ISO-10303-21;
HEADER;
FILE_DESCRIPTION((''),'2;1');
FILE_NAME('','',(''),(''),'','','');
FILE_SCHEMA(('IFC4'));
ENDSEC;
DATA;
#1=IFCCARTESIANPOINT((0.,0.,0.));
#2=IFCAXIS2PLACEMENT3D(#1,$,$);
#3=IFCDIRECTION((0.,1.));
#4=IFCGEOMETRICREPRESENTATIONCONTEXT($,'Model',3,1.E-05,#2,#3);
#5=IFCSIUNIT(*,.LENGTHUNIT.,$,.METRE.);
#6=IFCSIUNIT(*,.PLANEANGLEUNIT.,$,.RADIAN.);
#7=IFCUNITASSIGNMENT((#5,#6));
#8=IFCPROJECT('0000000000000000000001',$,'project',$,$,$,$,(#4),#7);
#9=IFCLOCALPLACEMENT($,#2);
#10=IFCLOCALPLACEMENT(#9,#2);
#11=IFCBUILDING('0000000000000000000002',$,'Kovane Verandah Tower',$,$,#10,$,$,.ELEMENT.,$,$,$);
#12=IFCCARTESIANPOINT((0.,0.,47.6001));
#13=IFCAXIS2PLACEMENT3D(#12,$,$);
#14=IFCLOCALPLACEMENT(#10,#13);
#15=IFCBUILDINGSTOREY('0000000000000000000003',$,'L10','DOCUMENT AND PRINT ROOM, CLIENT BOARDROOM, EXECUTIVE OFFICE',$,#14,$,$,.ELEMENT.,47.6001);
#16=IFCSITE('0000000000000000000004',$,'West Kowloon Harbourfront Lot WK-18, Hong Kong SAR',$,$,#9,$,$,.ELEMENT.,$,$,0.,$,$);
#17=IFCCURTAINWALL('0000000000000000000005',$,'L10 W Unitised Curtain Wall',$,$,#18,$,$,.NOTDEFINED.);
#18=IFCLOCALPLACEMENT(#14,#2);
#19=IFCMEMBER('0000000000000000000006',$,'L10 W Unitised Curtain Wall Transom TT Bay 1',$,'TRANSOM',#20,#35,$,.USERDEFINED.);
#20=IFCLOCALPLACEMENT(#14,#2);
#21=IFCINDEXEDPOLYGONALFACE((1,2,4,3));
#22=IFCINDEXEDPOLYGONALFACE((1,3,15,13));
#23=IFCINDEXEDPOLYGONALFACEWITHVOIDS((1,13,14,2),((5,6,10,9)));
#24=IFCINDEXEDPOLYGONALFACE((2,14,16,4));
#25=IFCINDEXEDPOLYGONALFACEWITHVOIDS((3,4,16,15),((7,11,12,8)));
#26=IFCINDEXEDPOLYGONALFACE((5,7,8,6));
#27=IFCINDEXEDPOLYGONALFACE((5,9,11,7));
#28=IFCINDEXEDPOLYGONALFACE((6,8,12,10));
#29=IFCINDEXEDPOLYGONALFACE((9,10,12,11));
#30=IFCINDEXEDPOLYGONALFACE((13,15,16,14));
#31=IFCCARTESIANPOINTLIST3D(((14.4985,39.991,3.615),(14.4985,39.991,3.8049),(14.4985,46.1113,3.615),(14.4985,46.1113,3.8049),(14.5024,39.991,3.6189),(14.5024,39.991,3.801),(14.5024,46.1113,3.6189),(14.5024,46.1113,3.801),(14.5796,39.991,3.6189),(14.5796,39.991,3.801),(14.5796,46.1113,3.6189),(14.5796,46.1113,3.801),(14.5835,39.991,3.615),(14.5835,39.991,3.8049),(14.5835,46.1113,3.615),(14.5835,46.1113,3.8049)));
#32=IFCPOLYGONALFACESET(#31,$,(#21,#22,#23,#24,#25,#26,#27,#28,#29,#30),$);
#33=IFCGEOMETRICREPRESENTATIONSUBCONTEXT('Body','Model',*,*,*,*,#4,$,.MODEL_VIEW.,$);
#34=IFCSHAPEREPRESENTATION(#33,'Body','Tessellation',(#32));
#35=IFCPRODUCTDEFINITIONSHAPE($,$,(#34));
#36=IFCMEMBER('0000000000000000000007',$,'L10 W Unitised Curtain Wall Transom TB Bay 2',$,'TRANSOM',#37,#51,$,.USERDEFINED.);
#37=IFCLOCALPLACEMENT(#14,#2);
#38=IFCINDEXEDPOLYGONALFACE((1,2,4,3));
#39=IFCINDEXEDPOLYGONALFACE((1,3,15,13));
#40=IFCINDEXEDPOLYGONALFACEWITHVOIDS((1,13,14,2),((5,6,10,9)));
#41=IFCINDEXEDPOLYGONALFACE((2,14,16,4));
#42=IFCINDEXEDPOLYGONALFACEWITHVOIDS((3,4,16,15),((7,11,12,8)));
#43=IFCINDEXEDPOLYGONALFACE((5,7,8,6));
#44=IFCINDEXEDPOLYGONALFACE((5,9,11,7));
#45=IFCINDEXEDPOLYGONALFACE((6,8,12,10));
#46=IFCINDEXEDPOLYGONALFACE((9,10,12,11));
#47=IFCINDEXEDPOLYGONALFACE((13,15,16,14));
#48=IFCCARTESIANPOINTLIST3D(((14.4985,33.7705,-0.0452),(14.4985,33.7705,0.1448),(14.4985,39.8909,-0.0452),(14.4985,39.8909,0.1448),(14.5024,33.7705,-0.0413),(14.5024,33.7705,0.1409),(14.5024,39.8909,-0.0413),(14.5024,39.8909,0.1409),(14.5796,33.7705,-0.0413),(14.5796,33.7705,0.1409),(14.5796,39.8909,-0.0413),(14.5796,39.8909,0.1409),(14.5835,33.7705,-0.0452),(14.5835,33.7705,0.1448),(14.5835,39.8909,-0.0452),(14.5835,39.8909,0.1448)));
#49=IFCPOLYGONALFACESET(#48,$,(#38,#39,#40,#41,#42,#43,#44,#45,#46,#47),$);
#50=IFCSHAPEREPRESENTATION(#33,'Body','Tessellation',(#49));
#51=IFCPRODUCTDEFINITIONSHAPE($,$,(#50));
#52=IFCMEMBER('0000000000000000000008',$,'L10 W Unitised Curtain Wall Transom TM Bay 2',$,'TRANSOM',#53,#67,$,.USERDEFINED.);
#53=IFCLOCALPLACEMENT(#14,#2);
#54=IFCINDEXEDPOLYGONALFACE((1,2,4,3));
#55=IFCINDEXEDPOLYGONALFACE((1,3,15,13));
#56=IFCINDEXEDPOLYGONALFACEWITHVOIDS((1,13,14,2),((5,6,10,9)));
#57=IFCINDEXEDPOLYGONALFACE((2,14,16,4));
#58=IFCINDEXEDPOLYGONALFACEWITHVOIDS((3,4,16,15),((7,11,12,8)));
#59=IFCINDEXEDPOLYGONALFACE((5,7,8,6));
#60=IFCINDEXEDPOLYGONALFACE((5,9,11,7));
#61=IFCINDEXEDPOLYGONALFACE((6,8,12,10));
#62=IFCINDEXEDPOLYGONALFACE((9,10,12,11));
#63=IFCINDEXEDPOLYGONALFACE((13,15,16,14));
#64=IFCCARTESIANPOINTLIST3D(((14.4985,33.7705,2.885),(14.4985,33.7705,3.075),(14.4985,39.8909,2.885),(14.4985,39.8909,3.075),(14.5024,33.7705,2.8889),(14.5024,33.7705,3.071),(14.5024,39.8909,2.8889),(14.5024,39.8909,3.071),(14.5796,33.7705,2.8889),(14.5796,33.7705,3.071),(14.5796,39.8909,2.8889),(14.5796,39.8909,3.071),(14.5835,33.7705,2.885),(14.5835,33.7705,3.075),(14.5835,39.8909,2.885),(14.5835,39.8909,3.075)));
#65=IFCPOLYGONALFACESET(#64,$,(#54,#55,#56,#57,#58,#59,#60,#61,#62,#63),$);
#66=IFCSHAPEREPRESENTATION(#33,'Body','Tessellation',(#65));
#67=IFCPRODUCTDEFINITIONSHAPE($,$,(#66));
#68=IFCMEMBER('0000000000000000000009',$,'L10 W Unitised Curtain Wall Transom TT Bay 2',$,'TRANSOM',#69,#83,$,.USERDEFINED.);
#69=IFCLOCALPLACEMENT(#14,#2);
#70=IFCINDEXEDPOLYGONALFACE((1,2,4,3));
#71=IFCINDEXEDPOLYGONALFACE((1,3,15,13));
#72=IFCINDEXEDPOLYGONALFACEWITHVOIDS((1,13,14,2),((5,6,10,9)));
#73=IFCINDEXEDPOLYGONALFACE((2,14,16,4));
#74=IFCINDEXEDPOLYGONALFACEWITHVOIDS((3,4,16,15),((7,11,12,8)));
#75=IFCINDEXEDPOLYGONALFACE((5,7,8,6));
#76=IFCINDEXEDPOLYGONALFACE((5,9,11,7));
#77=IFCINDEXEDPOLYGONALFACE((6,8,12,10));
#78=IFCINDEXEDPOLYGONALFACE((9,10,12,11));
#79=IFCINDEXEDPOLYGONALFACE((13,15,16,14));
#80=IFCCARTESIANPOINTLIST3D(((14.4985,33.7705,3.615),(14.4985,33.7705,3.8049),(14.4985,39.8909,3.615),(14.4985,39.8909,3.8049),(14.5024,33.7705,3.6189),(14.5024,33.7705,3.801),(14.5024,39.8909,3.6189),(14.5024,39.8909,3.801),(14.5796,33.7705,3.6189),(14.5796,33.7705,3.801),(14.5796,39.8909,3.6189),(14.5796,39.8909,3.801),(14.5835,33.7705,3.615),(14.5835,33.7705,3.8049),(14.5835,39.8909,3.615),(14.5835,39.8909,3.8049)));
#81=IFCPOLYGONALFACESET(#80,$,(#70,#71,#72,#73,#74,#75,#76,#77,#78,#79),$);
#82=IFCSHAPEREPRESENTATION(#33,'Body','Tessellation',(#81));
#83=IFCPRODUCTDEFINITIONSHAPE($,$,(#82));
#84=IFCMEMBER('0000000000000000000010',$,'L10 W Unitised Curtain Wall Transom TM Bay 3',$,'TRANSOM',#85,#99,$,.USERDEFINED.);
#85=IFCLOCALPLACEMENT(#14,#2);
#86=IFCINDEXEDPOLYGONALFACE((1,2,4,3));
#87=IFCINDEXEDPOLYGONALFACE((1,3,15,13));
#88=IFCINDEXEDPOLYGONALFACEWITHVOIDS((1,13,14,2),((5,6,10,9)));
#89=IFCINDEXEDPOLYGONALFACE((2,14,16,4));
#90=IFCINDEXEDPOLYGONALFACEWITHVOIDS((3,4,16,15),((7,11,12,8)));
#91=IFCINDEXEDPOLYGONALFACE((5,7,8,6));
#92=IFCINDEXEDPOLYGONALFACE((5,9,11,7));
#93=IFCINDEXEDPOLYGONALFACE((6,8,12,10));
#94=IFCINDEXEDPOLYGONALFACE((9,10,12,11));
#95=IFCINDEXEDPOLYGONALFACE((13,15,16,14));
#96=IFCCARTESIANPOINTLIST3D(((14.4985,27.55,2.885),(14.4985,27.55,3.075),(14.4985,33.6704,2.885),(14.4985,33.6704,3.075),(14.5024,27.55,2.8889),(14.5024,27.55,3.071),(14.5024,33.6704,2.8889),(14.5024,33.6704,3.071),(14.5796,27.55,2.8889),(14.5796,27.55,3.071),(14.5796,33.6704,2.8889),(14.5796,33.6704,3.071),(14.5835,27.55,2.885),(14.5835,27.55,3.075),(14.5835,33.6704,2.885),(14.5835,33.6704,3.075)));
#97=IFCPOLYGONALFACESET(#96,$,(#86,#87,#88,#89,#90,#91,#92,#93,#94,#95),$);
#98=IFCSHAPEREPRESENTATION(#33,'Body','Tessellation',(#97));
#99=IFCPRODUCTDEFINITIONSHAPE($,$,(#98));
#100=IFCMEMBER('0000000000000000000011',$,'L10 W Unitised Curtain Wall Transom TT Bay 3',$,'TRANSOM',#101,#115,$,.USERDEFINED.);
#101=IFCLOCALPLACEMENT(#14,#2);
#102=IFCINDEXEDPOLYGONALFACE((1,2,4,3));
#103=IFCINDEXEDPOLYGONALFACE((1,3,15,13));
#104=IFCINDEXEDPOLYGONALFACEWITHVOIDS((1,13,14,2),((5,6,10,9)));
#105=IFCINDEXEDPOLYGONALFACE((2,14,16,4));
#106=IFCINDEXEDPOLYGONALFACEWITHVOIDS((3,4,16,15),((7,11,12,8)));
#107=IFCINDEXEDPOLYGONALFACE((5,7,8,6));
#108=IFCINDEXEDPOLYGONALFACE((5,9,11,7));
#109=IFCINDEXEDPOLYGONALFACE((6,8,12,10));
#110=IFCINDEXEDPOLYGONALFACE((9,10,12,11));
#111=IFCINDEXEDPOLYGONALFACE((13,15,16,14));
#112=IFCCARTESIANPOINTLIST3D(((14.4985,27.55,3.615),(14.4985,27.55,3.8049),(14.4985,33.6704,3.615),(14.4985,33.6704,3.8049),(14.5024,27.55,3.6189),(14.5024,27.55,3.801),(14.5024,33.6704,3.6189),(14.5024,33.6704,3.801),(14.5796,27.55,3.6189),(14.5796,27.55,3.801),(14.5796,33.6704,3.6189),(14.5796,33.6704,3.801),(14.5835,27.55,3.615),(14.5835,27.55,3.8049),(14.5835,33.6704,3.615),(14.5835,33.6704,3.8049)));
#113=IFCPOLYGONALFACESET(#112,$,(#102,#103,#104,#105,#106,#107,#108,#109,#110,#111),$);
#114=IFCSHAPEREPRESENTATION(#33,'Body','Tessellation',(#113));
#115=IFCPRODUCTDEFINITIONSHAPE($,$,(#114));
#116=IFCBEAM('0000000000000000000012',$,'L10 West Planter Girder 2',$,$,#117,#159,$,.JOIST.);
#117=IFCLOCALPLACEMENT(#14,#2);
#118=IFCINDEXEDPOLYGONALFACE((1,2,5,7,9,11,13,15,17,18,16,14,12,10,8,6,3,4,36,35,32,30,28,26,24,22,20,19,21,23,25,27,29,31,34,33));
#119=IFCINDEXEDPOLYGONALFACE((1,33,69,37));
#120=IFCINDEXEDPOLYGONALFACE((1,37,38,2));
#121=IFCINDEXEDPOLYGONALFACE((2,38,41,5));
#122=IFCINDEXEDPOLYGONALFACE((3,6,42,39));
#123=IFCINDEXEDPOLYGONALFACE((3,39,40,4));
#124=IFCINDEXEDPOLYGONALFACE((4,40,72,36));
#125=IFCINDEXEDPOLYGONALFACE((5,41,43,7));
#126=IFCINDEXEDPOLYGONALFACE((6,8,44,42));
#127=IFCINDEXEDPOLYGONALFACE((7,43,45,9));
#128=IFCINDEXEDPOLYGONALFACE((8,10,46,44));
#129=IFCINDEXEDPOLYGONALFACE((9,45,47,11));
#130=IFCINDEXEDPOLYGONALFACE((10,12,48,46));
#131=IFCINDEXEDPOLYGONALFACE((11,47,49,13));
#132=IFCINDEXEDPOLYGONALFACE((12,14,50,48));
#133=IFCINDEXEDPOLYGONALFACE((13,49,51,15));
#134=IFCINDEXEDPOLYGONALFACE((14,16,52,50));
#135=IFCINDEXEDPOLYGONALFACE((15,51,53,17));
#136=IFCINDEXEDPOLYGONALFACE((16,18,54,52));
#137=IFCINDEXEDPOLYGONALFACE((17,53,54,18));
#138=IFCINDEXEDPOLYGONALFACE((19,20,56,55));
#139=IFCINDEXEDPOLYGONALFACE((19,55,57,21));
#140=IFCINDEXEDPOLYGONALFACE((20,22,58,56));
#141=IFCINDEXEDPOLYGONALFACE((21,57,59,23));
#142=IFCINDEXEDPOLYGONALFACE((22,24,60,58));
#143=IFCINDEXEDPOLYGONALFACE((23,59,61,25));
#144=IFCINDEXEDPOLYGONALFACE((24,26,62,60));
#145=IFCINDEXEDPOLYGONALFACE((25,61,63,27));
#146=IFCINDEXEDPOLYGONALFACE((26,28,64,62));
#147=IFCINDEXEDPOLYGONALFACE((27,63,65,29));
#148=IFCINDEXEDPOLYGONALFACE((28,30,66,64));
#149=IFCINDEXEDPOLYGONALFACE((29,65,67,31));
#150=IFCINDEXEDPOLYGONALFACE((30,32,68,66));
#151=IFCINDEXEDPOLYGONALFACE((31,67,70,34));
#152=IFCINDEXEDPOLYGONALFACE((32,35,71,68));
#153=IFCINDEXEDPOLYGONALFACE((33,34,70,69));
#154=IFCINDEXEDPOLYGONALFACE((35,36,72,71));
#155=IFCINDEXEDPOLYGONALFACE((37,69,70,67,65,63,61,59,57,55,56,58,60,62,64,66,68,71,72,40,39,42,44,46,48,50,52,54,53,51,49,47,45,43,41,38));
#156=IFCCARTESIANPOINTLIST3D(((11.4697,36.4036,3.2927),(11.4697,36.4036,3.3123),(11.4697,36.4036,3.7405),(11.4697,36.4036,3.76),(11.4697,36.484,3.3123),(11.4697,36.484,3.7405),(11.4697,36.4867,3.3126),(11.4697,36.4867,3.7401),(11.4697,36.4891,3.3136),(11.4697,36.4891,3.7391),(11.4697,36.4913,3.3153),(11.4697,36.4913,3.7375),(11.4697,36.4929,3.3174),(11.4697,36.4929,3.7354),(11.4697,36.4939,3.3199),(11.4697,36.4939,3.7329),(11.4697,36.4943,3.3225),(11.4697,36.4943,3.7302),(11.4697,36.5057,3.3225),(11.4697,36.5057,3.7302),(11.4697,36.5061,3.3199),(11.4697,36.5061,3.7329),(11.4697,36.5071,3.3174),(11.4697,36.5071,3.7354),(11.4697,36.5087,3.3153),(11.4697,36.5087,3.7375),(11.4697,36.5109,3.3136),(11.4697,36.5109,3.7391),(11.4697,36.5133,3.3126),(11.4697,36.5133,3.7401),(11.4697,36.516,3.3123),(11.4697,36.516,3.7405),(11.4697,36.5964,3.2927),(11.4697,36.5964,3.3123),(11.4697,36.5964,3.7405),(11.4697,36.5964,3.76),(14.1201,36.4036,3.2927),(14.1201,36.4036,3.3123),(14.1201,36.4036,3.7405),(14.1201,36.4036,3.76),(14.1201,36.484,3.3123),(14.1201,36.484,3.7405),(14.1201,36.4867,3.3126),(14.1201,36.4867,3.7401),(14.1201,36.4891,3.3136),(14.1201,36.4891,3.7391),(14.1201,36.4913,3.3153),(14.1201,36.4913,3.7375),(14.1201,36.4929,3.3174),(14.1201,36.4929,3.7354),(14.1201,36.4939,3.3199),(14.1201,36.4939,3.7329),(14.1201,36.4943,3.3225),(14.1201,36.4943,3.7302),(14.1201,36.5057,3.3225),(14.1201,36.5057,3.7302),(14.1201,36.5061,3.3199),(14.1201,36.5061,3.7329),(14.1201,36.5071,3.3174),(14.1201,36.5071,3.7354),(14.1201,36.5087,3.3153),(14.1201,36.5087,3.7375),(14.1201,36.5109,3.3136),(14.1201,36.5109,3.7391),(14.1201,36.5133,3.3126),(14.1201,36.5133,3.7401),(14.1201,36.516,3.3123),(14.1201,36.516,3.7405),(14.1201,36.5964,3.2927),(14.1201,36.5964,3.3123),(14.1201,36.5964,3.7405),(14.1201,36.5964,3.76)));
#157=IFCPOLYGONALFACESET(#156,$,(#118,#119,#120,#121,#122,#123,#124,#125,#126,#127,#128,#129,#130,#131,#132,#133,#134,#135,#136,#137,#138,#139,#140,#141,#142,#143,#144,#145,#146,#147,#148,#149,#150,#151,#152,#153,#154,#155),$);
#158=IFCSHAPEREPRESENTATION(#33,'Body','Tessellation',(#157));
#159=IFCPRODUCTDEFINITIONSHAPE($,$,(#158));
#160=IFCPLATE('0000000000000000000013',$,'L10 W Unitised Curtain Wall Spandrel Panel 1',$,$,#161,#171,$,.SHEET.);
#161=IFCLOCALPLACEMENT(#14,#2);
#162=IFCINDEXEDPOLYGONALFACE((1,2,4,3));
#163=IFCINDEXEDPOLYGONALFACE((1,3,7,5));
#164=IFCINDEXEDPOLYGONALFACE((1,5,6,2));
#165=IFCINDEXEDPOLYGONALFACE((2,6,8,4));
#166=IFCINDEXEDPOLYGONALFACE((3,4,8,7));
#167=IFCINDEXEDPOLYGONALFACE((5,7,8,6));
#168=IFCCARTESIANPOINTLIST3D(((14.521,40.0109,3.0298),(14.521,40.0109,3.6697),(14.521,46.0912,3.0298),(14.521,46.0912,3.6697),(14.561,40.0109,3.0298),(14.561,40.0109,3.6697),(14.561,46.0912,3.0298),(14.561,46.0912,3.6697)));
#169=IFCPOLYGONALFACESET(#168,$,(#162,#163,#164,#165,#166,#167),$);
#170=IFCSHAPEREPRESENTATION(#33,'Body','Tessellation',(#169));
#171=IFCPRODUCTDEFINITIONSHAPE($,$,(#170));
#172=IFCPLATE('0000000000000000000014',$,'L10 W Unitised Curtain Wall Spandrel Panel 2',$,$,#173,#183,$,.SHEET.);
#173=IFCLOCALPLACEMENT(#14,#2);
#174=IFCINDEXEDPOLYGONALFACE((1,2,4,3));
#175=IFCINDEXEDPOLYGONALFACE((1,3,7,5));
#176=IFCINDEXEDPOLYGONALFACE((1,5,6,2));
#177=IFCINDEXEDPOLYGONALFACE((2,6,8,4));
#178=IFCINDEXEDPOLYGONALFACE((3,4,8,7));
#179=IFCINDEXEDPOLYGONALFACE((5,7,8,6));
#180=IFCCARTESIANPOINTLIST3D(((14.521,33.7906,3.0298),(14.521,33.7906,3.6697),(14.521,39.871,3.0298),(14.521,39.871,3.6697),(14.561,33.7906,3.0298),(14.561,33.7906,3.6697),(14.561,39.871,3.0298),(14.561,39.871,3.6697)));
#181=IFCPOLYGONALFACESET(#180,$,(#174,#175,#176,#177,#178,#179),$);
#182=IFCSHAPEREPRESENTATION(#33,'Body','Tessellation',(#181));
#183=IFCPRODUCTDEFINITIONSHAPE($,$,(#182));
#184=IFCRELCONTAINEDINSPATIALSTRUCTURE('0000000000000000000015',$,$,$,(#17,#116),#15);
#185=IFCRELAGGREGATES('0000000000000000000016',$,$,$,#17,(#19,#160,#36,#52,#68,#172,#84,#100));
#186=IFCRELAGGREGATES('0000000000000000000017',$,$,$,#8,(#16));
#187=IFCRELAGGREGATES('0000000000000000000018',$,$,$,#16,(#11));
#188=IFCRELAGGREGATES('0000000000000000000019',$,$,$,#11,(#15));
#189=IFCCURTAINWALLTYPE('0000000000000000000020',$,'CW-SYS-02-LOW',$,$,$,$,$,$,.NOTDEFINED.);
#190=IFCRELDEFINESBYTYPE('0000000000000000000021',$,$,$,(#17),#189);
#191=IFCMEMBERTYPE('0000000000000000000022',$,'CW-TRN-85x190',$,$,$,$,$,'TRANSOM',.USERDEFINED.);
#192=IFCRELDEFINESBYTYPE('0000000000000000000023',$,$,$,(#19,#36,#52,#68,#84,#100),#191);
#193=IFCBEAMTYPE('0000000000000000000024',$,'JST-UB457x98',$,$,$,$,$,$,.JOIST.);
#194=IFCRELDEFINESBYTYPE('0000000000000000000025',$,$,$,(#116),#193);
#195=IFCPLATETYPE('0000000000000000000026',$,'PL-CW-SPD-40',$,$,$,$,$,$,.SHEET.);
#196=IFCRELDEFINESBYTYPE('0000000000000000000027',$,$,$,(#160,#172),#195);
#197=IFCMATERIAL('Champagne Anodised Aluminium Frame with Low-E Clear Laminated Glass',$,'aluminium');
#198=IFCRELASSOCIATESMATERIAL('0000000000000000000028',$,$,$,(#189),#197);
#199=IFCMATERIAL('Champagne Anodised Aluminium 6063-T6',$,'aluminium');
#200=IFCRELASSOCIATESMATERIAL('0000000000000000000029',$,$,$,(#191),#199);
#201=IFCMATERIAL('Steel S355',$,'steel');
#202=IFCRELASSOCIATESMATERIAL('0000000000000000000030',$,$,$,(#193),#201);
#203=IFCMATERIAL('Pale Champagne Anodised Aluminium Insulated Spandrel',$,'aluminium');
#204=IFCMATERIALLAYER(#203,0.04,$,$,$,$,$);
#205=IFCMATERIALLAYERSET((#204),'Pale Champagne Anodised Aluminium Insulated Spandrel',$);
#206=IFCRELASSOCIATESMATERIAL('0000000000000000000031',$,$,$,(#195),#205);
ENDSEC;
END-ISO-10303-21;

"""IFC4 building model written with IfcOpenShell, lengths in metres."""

from ifc_helpers import new_model, si_unit, direction, frame, origin, origin_2d, place, context, subcontext, project, spatial, rectangle, hollow_rectangle, i_section, extrude, material, layer, layer_set, material_profile, profile_set, type_object, element, aggregate, save


model = new_model("IFC4")

# Units and contexts
model_context = context("Model", 3, precision=1e-05, world=origin(), true_north=direction((0.0, 1.0)))
body_context = subcontext(model_context, "Body", "Model", "MODEL_VIEW")
ifc_project = project(units=[si_unit("LENGTHUNIT", "METRE"), si_unit("PLANEANGLEUNIT", "RADIAN")], contexts=[model_context])

# Site, building, storey
site_placement = place(None, origin())
site = spatial("IfcSite", under=ifc_project, at=site_placement, Name="West Kowloon Harbourfront Lot WK-18, Hong Kong SAR", CompositionType="ELEMENT", RefElevation=0.0)
building_placement = place(site_placement, origin())
building = spatial("IfcBuilding", under=site, at=building_placement, Name="Kovane Verandah Tower", CompositionType="ELEMENT")
storey_placement = place(building_placement, frame((0.0, 0.0, 47.6001)))
storey = spatial("IfcBuildingStorey", under=building, at=storey_placement, Name="L10", Description="DOCUMENT AND PRINT ROOM, CLIENT BOARDROOM, EXECUTIVE OFFICE", CompositionType="ELEMENT", Elevation=47.6001)

# Shared definitions
ifc_material_1 = material(Name="Steel S355", Category="steel")

# Curtain wall, members
ifc_material_2 = material(Name="Champagne Anodised Aluminium Frame with Low-E Clear Laminated Glass", Category="aluminium")
curtain_wall_type = type_object("IfcCurtainWallType", Name="CW-SYS-02-LOW", PredefinedType="NOTDEFINED", material=ifc_material_2)
curtain_wall_placement = place(storey_placement, origin())
curtain_wall = element("IfcCurtainWall", 1, at=curtain_wall_placement, inside=storey, type_object=curtain_wall_type, Name="L10 W Unitised Curtain Wall", PredefinedType="NOTDEFINED")
ifc_material_3 = material(Name="Champagne Anodised Aluminium 6063-T6", Category="aluminium")
ifc_material_profile_1 = material_profile(ifc_material_3, hollow_rectangle(XDim=0.085, YDim=0.1899, WallThickness=0.0039, at=origin_2d()), Name="AL85x190x4")
ifc_profile_set_1 = profile_set([ifc_material_profile_1], Name="Champagne Anodised Aluminium 6063-T6")
member_type_1 = type_object("IfcMemberType", Name="CW-TRN-85x190", ElementType="TRANSOM", PredefinedType="USERDEFINED", material=ifc_profile_set_1)
member_1_placement = place(storey_placement, frame((14.541, 46.1113, 3.71), z_axis=(0.0, -1.0, 0.0), x_axis=(1.0, 0.0, 0.0)))
member_1 = element("IfcMember", 2, at=member_1_placement, type_object=member_type_1, Name="L10 W Unitised Curtain Wall Transom TT Bay 1", ObjectType="TRANSOM", PredefinedType="USERDEFINED", context=body_context, shape_type="SweptSolid", body=[
    extrude(hollow_rectangle(XDim=0.085, YDim=0.1899, WallThickness=0.0039, at=origin_2d()), origin(), (0.0, 0.0, 1.0), 6.1204),
])
member_2_placement = place(storey_placement, frame((14.541, 39.8909, 0.0498), z_axis=(0.0, -1.0, 0.0), x_axis=(1.0, 0.0, 0.0)))
member_2 = element("IfcMember", 3, at=member_2_placement, type_object=member_type_1, Name="L10 W Unitised Curtain Wall Transom TB Bay 2", ObjectType="TRANSOM", PredefinedType="USERDEFINED", context=body_context, shape_type="SweptSolid", body=[
    extrude(hollow_rectangle(XDim=0.085, YDim=0.1899, WallThickness=0.0039, at=origin_2d()), origin(), (0.0, 0.0, 1.0), 6.1204),
])
member_3_placement = place(storey_placement, frame((14.541, 39.8909, 2.98), z_axis=(0.0, -1.0, 0.0), x_axis=(1.0, 0.0, 0.0)))
member_3 = element("IfcMember", 4, at=member_3_placement, type_object=member_type_1, Name="L10 W Unitised Curtain Wall Transom TM Bay 2", ObjectType="TRANSOM", PredefinedType="USERDEFINED", context=body_context, shape_type="SweptSolid", body=[
    extrude(hollow_rectangle(XDim=0.085, YDim=0.1899, WallThickness=0.0039, at=origin_2d()), origin(), (0.0, 0.0, 1.0), 6.1204),
])
member_4_placement = place(storey_placement, frame((14.541, 39.8909, 3.71), z_axis=(0.0, -1.0, 0.0), x_axis=(1.0, 0.0, 0.0)))
member_4 = element("IfcMember", 5, at=member_4_placement, type_object=member_type_1, Name="L10 W Unitised Curtain Wall Transom TT Bay 2", ObjectType="TRANSOM", PredefinedType="USERDEFINED", context=body_context, shape_type="SweptSolid", body=[
    extrude(hollow_rectangle(XDim=0.085, YDim=0.1899, WallThickness=0.0039, at=origin_2d()), origin(), (0.0, 0.0, 1.0), 6.1204),
])
member_5_placement = place(storey_placement, frame((14.541, 33.6704, 2.98), z_axis=(0.0, -1.0, 0.0), x_axis=(1.0, 0.0, 0.0)))
member_5 = element("IfcMember", 6, at=member_5_placement, type_object=member_type_1, Name="L10 W Unitised Curtain Wall Transom TM Bay 3", ObjectType="TRANSOM", PredefinedType="USERDEFINED", context=body_context, shape_type="SweptSolid", body=[
    extrude(hollow_rectangle(XDim=0.085, YDim=0.1899, WallThickness=0.0039, at=origin_2d()), origin(), (0.0, 0.0, 1.0), 6.1204),
])
member_6_placement = place(storey_placement, frame((14.541, 33.6704, 3.71), z_axis=(0.0, -1.0, 0.0), x_axis=(1.0, 0.0, 0.0)))
member_6 = element("IfcMember", 7, at=member_6_placement, type_object=member_type_1, Name="L10 W Unitised Curtain Wall Transom TT Bay 3", ObjectType="TRANSOM", PredefinedType="USERDEFINED", context=body_context, shape_type="SweptSolid", body=[
    extrude(hollow_rectangle(XDim=0.085, YDim=0.1899, WallThickness=0.0039, at=origin_2d()), origin(), (0.0, 0.0, 1.0), 6.1204),
])

# Beam
ifc_material_profile_2 = material_profile(ifc_material_1, i_section(OverallWidth=0.1929, OverallDepth=0.4673, WebThickness=0.0115, FlangeThickness=0.0195, FilletRadius=0.0103, at=origin_2d()), Name="UB457x191x98")
ifc_profile_set_2 = profile_set([ifc_material_profile_2], Name="Steel S355")
beam_type_1 = type_object("IfcBeamType", Name="JST-UB457x98", PredefinedType="JOIST", material=ifc_profile_set_2)
beam_1_placement = place(storey_placement, frame((14.1201, 36.5, 3.5264), z_axis=(-1.0, 0.0, 0.0), x_axis=(0.0, -1.0, 0.0)))
element("IfcBeam", 8, at=beam_1_placement, inside=storey, type_object=beam_type_1, Name="L10 West Planter Girder 2", PredefinedType="JOIST", context=body_context, shape_type="SweptSolid", body=[
    extrude(i_section(OverallWidth=0.1929, OverallDepth=0.4673, WebThickness=0.0115, FlangeThickness=0.0195, FilletRadius=0.0103, at=origin_2d()), origin(), (0.0, 0.0, 1.0), 2.6504),
])

# Plates
ifc_material_4 = material(Name="Pale Champagne Anodised Aluminium Insulated Spandrel", Category="aluminium")
ifc_layer_1 = layer(ifc_material_4, 0.04)
ifc_layer_set_1 = layer_set([ifc_layer_1], Name="Pale Champagne Anodised Aluminium Insulated Spandrel")
plate_type_1 = type_object("IfcPlateType", Name="PL-CW-SPD-40", PredefinedType="SHEET", material=ifc_layer_set_1)
plate_1_placement = place(storey_placement, frame((14.541, 43.051, 3.0298), z_axis=(0.0, 0.0, 1.0), x_axis=(0.0, -1.0, 0.0)))
plate_1 = element("IfcPlate", 9, at=plate_1_placement, type_object=plate_type_1, Name="L10 W Unitised Curtain Wall Spandrel Panel 1", PredefinedType="SHEET", context=body_context, shape_type="SweptSolid", body=[
    extrude(rectangle(XDim=6.0803, YDim=0.04, at=origin_2d()), origin(), (0.0, 0.0, 1.0), 0.6399),
])
plate_2_placement = place(storey_placement, frame((14.541, 36.8308, 3.0298), z_axis=(0.0, 0.0, 1.0), x_axis=(0.0, -1.0, 0.0)))
plate_2 = element("IfcPlate", 10, at=plate_2_placement, type_object=plate_type_1, Name="L10 W Unitised Curtain Wall Spandrel Panel 2", PredefinedType="SHEET", context=body_context, shape_type="SweptSolid", body=[
    extrude(rectangle(XDim=6.0803, YDim=0.04, at=origin_2d()), origin(), (0.0, 0.0, 1.0), 0.6399),
])
aggregate(curtain_wall, [member_1, plate_1, member_2, member_3, member_4, plate_2, member_5, member_6])

save(model, "model.ifc")
